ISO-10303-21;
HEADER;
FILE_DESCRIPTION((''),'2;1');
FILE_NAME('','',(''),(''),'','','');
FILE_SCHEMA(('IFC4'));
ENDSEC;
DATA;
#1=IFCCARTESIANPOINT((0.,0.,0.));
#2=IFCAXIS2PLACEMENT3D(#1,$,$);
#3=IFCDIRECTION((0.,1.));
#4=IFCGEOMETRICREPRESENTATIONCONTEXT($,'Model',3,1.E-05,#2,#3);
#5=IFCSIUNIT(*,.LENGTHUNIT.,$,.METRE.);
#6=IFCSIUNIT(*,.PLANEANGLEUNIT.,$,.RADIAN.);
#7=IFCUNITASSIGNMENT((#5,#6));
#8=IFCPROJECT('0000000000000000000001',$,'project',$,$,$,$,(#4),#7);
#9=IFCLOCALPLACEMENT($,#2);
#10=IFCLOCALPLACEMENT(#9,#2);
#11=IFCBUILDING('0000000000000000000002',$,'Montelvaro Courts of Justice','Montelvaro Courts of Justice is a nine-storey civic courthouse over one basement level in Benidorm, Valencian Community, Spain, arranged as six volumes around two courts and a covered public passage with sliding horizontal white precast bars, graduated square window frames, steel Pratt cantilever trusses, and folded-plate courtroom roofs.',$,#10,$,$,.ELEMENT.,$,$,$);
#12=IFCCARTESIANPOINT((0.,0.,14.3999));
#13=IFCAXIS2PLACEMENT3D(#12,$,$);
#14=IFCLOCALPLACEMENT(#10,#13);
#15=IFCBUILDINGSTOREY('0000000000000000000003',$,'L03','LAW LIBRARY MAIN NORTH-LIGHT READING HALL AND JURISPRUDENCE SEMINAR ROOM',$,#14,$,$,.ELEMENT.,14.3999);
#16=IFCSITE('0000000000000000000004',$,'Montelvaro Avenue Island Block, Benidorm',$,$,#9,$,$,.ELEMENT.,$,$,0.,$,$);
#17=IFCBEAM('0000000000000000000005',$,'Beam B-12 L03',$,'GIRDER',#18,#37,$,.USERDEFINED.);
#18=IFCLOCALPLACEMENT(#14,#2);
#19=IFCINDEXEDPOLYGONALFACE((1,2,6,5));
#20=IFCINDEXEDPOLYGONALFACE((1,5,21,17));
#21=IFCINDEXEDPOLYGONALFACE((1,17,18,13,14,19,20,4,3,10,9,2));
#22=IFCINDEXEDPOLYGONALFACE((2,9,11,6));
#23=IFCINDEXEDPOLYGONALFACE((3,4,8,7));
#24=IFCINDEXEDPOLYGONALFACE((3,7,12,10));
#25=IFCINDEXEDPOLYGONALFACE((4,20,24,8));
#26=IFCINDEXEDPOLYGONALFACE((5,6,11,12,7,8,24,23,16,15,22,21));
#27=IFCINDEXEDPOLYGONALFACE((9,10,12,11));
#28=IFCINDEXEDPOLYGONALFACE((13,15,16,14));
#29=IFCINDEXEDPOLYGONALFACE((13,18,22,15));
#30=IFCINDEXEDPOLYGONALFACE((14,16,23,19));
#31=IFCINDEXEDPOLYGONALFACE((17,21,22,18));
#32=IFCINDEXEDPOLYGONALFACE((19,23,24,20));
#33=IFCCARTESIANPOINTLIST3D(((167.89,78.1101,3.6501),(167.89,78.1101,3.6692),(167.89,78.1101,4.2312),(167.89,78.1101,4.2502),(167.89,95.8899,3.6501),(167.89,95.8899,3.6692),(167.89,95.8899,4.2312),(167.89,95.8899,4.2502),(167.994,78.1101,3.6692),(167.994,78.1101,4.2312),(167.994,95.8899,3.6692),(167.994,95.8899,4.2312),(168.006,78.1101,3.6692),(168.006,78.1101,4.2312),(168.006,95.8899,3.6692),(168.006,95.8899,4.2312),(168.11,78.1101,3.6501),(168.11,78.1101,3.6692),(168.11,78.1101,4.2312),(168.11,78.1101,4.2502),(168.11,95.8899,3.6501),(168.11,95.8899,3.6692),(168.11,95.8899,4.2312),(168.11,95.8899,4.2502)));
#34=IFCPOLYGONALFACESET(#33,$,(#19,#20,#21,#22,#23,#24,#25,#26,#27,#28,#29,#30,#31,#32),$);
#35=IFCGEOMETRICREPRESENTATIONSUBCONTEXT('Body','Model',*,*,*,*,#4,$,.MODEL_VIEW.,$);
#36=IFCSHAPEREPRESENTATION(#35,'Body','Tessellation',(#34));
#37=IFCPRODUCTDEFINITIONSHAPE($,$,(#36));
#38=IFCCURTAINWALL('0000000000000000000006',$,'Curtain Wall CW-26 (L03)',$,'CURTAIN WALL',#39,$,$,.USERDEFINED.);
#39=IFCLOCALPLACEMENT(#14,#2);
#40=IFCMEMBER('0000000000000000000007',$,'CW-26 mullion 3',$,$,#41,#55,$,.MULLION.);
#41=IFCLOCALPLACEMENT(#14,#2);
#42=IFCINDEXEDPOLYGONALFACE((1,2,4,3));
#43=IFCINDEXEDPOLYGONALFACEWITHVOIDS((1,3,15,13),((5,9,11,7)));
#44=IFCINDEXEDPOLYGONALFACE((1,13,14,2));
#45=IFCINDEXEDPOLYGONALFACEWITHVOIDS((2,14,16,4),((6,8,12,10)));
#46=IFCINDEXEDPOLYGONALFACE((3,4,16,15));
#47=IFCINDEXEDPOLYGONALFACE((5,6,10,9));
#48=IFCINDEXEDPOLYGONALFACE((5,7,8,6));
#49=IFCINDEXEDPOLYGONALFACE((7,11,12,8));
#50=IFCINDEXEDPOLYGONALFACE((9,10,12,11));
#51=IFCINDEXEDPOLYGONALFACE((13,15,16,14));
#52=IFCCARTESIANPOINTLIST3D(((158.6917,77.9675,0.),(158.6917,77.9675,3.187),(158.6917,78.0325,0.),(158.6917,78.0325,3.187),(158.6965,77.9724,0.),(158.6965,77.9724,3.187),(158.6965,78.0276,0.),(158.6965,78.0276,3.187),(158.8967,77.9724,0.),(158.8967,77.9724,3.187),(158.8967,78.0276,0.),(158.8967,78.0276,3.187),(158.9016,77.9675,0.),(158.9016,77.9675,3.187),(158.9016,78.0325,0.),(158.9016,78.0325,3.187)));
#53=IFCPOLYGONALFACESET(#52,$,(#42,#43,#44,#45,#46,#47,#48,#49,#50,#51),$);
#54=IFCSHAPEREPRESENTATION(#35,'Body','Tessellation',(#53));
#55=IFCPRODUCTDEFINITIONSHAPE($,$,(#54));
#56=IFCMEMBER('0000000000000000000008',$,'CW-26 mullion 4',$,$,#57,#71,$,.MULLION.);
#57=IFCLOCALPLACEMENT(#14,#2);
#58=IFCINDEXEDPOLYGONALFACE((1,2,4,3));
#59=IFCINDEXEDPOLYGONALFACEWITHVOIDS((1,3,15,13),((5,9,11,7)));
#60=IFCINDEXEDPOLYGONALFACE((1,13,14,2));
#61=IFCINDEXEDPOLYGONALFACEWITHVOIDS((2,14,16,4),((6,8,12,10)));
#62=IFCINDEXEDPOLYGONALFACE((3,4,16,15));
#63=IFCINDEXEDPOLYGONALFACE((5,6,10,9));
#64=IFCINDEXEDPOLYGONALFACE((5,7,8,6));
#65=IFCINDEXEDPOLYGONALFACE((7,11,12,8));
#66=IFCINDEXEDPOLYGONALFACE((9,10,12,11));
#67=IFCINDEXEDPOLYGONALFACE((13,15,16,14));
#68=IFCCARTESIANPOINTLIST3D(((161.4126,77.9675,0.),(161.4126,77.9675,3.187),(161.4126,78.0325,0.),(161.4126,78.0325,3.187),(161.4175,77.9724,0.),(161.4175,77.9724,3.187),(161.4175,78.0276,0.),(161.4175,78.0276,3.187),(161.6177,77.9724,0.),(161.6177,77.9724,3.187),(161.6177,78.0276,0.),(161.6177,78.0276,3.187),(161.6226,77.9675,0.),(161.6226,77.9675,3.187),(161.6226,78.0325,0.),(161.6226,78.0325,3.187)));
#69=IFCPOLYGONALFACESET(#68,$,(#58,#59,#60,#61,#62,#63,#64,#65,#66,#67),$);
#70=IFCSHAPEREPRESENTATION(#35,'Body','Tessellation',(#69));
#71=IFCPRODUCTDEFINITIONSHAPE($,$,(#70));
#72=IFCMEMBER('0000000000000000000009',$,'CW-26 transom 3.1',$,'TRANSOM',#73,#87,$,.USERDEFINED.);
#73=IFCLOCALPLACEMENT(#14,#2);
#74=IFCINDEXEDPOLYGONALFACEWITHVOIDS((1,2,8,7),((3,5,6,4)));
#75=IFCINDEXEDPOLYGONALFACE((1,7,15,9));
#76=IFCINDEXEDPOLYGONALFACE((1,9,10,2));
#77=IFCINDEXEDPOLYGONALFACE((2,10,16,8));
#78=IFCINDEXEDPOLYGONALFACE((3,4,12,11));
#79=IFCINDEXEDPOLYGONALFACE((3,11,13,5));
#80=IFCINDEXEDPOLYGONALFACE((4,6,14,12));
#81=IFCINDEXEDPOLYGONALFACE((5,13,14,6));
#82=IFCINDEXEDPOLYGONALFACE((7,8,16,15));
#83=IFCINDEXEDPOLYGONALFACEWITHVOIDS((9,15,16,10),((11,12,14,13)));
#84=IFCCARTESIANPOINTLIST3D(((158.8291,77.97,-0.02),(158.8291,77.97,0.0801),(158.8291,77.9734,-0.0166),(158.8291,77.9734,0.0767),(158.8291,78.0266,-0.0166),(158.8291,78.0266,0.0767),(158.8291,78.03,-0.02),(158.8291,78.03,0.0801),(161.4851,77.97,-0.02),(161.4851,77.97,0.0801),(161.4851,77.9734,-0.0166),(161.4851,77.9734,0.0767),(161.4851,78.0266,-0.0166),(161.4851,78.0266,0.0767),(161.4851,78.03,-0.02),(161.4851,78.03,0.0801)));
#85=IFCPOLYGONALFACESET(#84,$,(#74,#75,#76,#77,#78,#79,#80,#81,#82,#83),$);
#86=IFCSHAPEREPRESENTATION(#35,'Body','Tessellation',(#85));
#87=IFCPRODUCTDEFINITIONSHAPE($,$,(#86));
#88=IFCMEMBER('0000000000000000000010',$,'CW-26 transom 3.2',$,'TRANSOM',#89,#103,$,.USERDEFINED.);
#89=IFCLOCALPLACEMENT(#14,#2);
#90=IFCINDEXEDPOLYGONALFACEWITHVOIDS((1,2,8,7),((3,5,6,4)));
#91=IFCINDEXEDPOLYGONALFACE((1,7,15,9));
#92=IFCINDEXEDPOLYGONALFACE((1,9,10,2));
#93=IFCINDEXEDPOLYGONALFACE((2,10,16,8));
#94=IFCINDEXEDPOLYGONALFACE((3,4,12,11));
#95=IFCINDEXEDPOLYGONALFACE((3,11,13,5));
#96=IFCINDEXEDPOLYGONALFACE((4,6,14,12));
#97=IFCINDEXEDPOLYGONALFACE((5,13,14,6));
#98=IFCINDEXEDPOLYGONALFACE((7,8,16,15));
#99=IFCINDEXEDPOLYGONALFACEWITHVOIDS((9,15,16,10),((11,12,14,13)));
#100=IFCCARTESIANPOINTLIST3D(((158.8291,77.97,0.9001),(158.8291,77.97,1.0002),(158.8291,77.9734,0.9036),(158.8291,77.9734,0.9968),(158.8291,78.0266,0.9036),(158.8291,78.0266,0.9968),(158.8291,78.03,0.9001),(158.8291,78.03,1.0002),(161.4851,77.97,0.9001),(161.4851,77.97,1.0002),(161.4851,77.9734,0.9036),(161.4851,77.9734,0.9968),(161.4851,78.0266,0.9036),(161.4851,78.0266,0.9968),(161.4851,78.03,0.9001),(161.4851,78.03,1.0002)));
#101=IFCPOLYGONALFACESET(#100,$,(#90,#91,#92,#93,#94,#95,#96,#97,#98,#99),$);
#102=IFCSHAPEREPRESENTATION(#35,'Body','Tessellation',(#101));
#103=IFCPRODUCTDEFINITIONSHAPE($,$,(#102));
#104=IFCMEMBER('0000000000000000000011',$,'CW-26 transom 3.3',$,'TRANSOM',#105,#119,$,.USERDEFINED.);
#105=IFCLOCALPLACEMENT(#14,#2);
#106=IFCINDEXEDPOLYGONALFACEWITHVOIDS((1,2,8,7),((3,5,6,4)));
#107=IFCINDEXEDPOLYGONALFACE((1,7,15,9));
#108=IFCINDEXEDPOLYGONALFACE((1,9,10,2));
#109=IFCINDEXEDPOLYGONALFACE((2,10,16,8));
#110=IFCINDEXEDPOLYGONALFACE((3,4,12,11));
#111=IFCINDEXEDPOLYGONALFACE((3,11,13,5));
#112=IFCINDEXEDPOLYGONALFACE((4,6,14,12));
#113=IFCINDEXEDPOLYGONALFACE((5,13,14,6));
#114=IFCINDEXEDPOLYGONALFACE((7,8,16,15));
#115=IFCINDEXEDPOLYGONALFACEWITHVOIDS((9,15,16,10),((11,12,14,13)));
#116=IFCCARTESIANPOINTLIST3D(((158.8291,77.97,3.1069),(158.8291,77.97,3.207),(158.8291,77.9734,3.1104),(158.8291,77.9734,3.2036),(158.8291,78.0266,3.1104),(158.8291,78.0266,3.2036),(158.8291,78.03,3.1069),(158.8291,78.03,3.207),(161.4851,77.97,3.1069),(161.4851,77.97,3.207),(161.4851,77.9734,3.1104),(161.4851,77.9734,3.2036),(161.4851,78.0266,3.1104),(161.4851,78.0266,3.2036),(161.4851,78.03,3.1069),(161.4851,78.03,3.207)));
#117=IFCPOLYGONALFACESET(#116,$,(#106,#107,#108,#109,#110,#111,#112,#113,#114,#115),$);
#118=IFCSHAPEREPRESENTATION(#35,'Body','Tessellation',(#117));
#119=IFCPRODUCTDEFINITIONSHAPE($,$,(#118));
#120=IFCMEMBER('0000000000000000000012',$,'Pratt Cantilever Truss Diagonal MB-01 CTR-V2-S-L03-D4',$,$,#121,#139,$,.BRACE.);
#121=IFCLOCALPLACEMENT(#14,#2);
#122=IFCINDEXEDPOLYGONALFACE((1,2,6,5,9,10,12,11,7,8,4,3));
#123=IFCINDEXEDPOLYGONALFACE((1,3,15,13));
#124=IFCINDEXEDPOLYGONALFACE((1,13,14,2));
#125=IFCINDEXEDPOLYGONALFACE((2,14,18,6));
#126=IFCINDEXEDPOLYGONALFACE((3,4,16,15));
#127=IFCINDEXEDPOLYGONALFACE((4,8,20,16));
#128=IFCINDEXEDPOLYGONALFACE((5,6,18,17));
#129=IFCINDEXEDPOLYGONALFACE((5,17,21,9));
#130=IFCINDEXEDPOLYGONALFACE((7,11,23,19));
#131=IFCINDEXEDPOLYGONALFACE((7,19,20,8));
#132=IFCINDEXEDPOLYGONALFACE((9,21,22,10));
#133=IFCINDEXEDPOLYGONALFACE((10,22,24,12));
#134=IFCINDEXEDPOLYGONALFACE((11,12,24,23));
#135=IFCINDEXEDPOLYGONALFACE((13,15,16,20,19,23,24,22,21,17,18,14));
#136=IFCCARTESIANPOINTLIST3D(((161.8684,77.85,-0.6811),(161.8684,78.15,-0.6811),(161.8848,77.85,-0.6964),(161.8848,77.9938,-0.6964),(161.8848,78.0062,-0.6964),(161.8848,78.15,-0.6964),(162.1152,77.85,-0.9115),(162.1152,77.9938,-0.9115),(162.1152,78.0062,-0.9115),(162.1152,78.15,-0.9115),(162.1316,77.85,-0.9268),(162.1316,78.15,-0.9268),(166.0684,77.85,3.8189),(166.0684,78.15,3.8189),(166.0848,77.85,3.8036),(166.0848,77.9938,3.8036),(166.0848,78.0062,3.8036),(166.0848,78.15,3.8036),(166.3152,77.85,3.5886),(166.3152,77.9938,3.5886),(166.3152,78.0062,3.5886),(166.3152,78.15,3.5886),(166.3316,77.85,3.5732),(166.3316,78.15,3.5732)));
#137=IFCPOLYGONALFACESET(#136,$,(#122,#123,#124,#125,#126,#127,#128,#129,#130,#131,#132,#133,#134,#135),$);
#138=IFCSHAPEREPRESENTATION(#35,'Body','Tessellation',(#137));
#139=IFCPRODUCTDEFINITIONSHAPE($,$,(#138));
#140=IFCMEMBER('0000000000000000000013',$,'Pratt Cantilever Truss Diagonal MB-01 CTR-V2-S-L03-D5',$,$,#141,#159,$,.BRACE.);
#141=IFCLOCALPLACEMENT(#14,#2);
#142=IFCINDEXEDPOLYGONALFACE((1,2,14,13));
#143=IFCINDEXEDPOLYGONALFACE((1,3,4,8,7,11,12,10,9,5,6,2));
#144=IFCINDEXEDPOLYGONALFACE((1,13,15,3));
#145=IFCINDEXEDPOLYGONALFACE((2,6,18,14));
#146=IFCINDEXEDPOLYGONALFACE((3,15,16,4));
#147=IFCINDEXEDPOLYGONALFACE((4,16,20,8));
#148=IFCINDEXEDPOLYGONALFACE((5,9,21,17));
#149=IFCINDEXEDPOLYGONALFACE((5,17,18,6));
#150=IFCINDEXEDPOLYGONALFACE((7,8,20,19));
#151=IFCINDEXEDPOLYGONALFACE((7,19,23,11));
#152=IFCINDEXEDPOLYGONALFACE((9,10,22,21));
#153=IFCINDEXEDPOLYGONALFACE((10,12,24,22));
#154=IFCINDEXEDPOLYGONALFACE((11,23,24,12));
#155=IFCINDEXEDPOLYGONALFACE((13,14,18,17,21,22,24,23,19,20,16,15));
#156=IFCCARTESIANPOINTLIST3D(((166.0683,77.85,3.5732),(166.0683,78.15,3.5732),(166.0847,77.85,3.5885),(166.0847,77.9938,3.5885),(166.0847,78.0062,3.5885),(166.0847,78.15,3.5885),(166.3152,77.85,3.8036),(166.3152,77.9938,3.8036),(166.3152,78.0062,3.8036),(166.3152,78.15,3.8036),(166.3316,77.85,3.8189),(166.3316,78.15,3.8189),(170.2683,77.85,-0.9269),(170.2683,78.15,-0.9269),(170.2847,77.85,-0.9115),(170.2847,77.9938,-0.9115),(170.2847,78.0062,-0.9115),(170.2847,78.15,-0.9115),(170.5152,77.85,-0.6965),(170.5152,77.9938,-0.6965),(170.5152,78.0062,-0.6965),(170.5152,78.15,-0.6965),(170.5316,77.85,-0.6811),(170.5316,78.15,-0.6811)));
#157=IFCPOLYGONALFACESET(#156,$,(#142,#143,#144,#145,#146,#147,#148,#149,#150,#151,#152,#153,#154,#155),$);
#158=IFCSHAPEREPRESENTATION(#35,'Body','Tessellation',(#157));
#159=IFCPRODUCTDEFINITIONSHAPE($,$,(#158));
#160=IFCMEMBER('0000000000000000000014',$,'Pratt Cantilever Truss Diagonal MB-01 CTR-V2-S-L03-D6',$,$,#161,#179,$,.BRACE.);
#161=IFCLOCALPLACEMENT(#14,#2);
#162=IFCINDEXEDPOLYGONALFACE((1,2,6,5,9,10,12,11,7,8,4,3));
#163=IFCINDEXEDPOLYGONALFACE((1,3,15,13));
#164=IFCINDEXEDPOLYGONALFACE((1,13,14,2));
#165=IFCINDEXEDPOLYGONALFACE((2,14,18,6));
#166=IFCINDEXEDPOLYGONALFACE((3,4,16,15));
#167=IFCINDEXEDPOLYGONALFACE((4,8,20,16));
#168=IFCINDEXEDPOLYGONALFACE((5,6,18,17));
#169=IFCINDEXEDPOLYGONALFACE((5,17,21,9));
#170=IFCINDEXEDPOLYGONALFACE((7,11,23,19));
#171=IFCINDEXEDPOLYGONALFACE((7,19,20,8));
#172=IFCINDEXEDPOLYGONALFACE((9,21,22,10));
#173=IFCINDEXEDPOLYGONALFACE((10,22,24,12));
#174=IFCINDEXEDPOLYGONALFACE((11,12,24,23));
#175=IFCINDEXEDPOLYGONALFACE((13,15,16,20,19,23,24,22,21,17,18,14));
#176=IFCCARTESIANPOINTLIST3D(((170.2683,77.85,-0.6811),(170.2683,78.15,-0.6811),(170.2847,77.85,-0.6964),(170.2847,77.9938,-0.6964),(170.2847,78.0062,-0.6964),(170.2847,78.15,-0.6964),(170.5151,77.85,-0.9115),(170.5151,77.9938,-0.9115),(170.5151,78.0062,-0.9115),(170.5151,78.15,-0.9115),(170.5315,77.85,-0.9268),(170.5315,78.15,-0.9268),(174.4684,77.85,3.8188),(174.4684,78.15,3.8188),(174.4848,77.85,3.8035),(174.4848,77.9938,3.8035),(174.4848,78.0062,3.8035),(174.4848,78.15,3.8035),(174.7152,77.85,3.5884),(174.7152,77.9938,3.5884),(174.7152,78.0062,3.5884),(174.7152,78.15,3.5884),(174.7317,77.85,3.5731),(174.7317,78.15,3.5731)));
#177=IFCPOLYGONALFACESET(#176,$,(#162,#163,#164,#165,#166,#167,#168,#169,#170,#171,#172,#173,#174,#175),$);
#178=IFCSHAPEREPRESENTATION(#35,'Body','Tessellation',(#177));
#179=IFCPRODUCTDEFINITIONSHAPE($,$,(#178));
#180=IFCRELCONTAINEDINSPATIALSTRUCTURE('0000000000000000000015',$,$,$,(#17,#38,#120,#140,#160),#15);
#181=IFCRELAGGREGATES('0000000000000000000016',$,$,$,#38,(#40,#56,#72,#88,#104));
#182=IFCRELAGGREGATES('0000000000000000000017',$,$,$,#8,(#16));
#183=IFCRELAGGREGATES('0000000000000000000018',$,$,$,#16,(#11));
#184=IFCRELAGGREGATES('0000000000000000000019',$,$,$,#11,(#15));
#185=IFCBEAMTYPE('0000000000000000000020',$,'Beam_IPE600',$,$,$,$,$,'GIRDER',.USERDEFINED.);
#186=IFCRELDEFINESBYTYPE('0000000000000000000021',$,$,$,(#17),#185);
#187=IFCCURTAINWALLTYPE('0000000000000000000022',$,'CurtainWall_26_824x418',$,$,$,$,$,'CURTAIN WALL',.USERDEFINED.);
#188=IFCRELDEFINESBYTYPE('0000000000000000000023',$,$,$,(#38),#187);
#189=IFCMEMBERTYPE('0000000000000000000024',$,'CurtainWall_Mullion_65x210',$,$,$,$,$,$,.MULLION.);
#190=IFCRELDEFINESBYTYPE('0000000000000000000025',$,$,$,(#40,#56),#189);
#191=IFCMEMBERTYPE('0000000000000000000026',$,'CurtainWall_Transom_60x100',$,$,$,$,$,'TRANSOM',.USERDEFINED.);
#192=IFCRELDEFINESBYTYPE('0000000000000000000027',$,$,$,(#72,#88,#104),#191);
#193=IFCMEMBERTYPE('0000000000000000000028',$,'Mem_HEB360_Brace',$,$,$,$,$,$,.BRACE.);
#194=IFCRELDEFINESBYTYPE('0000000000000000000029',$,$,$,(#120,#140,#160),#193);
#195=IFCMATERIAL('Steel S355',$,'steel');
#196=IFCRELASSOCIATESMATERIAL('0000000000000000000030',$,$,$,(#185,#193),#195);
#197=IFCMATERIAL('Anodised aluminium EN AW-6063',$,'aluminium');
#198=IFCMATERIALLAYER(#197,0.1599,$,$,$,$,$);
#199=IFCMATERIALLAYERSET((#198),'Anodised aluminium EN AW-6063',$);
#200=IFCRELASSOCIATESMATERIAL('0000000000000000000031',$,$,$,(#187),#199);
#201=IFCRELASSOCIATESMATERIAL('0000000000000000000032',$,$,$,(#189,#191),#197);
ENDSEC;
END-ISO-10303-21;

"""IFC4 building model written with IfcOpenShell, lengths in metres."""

from ifc_helpers import new_model, si_unit, direction, frame, origin, origin_2d, place, context, subcontext, project, spatial, hollow_rectangle, i_section, extrude, material, layer, layer_set, material_profile, profile_set, type_object, element, aggregate, save


model = new_model("IFC4")

# Units and contexts
model_context = context("Model", 3, precision=1e-05, world=origin(), true_north=direction((0.0, 1.0)))
body_context = subcontext(model_context, "Body", "Model", "MODEL_VIEW")
ifc_project = project(units=[si_unit("LENGTHUNIT", "METRE"), si_unit("PLANEANGLEUNIT", "RADIAN")], contexts=[model_context])

# Site, building, storey
site_placement = place(None, origin())
site = spatial("IfcSite", under=ifc_project, at=site_placement, Name="Montelvaro Avenue Island Block, Benidorm", CompositionType="ELEMENT", RefElevation=0.0)
building_placement = place(site_placement, origin())
building = spatial("IfcBuilding", under=site, at=building_placement, Name="Montelvaro Courts of Justice", Description="Montelvaro Courts of Justice is a nine-storey civic courthouse over one basement level in Benidorm, Valencian Community, Spain, arranged as six volumes around two courts and a covered public passage with sliding horizontal white precast bars, graduated square window frames, steel Pratt cantilever trusses, and folded-plate courtroom roofs.", CompositionType="ELEMENT")
storey_placement = place(building_placement, frame((0.0, 0.0, 14.3999)))
storey = spatial("IfcBuildingStorey", under=building, at=storey_placement, Name="L03", Description="LAW LIBRARY MAIN NORTH-LIGHT READING HALL AND JURISPRUDENCE SEMINAR ROOM", CompositionType="ELEMENT", Elevation=14.3999)

# Shared definitions
ifc_material_1 = material(Name="Steel S355", Category="steel")

# Beam
ifc_material_profile_1 = material_profile(ifc_material_1, i_section(OverallWidth=0.22, OverallDepth=0.6001, WebThickness=0.012, FlangeThickness=0.019, at=origin_2d()), Name="IPE 600")
ifc_profile_set_1 = profile_set([ifc_material_profile_1], Name="Steel S355")
beam_type_1 = type_object("IfcBeamType", Name="Beam_IPE600", ElementType="GIRDER", PredefinedType="USERDEFINED", material=ifc_profile_set_1)
beam_1_placement = place(storey_placement, frame((168.0, 78.1101, 3.9502), z_axis=(0.0, 1.0, 0.0), x_axis=(-1.0, 0.0, 0.0)))
element("IfcBeam", 1, at=beam_1_placement, inside=storey, type_object=beam_type_1, Name="Beam B-12 L03", ObjectType="GIRDER", PredefinedType="USERDEFINED", context=body_context, shape_type="SweptSolid", body=[
    extrude(i_section(OverallWidth=0.22, OverallDepth=0.6001, WebThickness=0.012, FlangeThickness=0.019, at=origin_2d()), origin(), (0.0, 0.0, 1.0), 17.7798),
])

# Curtain wall, members
ifc_material_2 = material(Name="Anodised aluminium EN AW-6063", Category="aluminium")
ifc_layer_1 = layer(ifc_material_2, 0.1599)
ifc_layer_set_1 = layer_set([ifc_layer_1], Name="Anodised aluminium EN AW-6063")
curtain_wall_type = type_object("IfcCurtainWallType", Name="CurtainWall_26_824x418", ElementType="CURTAIN WALL", PredefinedType="USERDEFINED", material=ifc_layer_set_1)
curtain_wall_placement = place(storey_placement, origin())
curtain_wall = element("IfcCurtainWall", 2, at=curtain_wall_placement, inside=storey, type_object=curtain_wall_type, Name="Curtain Wall CW-26 (L03)", ObjectType="CURTAIN WALL", PredefinedType="USERDEFINED")
ifc_material_profile_2 = material_profile(ifc_material_2, hollow_rectangle(XDim=0.0649, YDim=0.21, WallThickness=0.0049, at=origin_2d()), Name="ALU-M 65x210")
ifc_profile_set_2 = profile_set([ifc_material_profile_2], Name="Anodised aluminium EN AW-6063")
member_type_1 = type_object("IfcMemberType", Name="CurtainWall_Mullion_65x210", PredefinedType="MULLION", material=ifc_profile_set_2)
member_1_placement = place(storey_placement, frame((158.7966, 78.0, 0.0), z_axis=(0.0, 0.0, 1.0), x_axis=(0.0, 1.0, 0.0)))
member_1 = element("IfcMember", 3, at=member_1_placement, type_object=member_type_1, Name="CW-26 mullion 3", PredefinedType="MULLION", context=body_context, shape_type="SweptSolid", body=[
    extrude(hollow_rectangle(XDim=0.0649, YDim=0.21, WallThickness=0.0049, at=origin_2d()), origin(), (0.0, 0.0, 1.0), 3.187),
])
member_2_placement = place(storey_placement, frame((161.5176, 78.0, 0.0), z_axis=(0.0, 0.0, 1.0), x_axis=(0.0, 1.0, 0.0)))
member_2 = element("IfcMember", 4, at=member_2_placement, type_object=member_type_1, Name="CW-26 mullion 4", PredefinedType="MULLION", context=body_context, shape_type="SweptSolid", body=[
    extrude(hollow_rectangle(XDim=0.0649, YDim=0.21, WallThickness=0.0049, at=origin_2d()), origin(), (0.0, 0.0, 1.0), 3.187),
])
ifc_material_profile_3 = material_profile(ifc_material_2, hollow_rectangle(XDim=0.0601, YDim=0.1001, WallThickness=0.0034, at=origin_2d()), Name="ALU-T 60x100")
ifc_profile_set_3 = profile_set([ifc_material_profile_3], Name="Anodised aluminium EN AW-6063")
member_type_2 = type_object("IfcMemberType", Name="CurtainWall_Transom_60x100", ElementType="TRANSOM", PredefinedType="USERDEFINED", material=ifc_profile_set_3)
member_3_placement = place(storey_placement, frame((158.8291, 78.0, 0.03), z_axis=(1.0, 0.0, 0.0), x_axis=(0.0, 1.0, 0.0)))
member_3 = element("IfcMember", 5, at=member_3_placement, type_object=member_type_2, Name="CW-26 transom 3.1", ObjectType="TRANSOM", PredefinedType="USERDEFINED", context=body_context, shape_type="SweptSolid", body=[
    extrude(hollow_rectangle(XDim=0.0601, YDim=0.1001, WallThickness=0.0034, at=origin_2d()), origin(), (0.0, 0.0, 1.0), 2.656),
])
member_4_placement = place(storey_placement, frame((158.8291, 78.0, 0.9502), z_axis=(1.0, 0.0, 0.0), x_axis=(0.0, 1.0, 0.0)))
member_4 = element("IfcMember", 6, at=member_4_placement, type_object=member_type_2, Name="CW-26 transom 3.2", ObjectType="TRANSOM", PredefinedType="USERDEFINED", context=body_context, shape_type="SweptSolid", body=[
    extrude(hollow_rectangle(XDim=0.0601, YDim=0.1001, WallThickness=0.0034, at=origin_2d()), origin(), (0.0, 0.0, 1.0), 2.656),
])
member_5_placement = place(storey_placement, frame((158.8291, 78.0, 3.157), z_axis=(1.0, 0.0, 0.0), x_axis=(0.0, 1.0, 0.0)))
member_5 = element("IfcMember", 7, at=member_5_placement, type_object=member_type_2, Name="CW-26 transom 3.3", ObjectType="TRANSOM", PredefinedType="USERDEFINED", context=body_context, shape_type="SweptSolid", body=[
    extrude(hollow_rectangle(XDim=0.0601, YDim=0.1001, WallThickness=0.0034, at=origin_2d()), origin(), (0.0, 0.0, 1.0), 2.656),
])

# Members
ifc_material_profile_4 = material_profile(ifc_material_1, i_section(OverallWidth=0.3, OverallDepth=0.3601, WebThickness=0.0125, FlangeThickness=0.0225, at=origin_2d()), Name="HEB 360")
ifc_profile_set_4 = profile_set([ifc_material_profile_4], Name="Steel S355")
member_type_3 = type_object("IfcMemberType", Name="Mem_HEB360_Brace", PredefinedType="BRACE", material=ifc_profile_set_4)
for number, where, z_axis, x_axis, name in (
    (8, (162.0, 78.0, -0.804), (0.682314, 0.0, 0.731059), (0.0, 1.0, 0.0), "Pratt Cantilever Truss Diagonal MB-01 CTR-V2-S-L03-D4"),
    (9, (166.2, 78.0, 3.696), (0.682314, 0.0, -0.731059), (0.0, 1.0, 0.0), "Pratt Cantilever Truss Diagonal MB-01 CTR-V2-S-L03-D5"),
    (10, (170.3999, 78.0, -0.804), (0.682335, 0.0, 0.731039), (0.0, 1.0, 0.0), "Pratt Cantilever Truss Diagonal MB-01 CTR-V2-S-L03-D6"),
):
    element("IfcMember", number, at=place(storey_placement, frame(where, z_axis=z_axis, x_axis=x_axis)), inside=storey, type_object=member_type_3, Name=name, PredefinedType="BRACE", context=body_context, shape_type="SweptSolid", body=[
        extrude(i_section(OverallWidth=0.3, OverallDepth=0.3601, WebThickness=0.0125, FlangeThickness=0.0225, at=origin_2d()), origin(), (0.0, 0.0, 1.0), 6.1555),
    ])

aggregate(curtain_wall, [member_1, member_2, member_3, member_4, member_5])

save(model, "model.ifc")
